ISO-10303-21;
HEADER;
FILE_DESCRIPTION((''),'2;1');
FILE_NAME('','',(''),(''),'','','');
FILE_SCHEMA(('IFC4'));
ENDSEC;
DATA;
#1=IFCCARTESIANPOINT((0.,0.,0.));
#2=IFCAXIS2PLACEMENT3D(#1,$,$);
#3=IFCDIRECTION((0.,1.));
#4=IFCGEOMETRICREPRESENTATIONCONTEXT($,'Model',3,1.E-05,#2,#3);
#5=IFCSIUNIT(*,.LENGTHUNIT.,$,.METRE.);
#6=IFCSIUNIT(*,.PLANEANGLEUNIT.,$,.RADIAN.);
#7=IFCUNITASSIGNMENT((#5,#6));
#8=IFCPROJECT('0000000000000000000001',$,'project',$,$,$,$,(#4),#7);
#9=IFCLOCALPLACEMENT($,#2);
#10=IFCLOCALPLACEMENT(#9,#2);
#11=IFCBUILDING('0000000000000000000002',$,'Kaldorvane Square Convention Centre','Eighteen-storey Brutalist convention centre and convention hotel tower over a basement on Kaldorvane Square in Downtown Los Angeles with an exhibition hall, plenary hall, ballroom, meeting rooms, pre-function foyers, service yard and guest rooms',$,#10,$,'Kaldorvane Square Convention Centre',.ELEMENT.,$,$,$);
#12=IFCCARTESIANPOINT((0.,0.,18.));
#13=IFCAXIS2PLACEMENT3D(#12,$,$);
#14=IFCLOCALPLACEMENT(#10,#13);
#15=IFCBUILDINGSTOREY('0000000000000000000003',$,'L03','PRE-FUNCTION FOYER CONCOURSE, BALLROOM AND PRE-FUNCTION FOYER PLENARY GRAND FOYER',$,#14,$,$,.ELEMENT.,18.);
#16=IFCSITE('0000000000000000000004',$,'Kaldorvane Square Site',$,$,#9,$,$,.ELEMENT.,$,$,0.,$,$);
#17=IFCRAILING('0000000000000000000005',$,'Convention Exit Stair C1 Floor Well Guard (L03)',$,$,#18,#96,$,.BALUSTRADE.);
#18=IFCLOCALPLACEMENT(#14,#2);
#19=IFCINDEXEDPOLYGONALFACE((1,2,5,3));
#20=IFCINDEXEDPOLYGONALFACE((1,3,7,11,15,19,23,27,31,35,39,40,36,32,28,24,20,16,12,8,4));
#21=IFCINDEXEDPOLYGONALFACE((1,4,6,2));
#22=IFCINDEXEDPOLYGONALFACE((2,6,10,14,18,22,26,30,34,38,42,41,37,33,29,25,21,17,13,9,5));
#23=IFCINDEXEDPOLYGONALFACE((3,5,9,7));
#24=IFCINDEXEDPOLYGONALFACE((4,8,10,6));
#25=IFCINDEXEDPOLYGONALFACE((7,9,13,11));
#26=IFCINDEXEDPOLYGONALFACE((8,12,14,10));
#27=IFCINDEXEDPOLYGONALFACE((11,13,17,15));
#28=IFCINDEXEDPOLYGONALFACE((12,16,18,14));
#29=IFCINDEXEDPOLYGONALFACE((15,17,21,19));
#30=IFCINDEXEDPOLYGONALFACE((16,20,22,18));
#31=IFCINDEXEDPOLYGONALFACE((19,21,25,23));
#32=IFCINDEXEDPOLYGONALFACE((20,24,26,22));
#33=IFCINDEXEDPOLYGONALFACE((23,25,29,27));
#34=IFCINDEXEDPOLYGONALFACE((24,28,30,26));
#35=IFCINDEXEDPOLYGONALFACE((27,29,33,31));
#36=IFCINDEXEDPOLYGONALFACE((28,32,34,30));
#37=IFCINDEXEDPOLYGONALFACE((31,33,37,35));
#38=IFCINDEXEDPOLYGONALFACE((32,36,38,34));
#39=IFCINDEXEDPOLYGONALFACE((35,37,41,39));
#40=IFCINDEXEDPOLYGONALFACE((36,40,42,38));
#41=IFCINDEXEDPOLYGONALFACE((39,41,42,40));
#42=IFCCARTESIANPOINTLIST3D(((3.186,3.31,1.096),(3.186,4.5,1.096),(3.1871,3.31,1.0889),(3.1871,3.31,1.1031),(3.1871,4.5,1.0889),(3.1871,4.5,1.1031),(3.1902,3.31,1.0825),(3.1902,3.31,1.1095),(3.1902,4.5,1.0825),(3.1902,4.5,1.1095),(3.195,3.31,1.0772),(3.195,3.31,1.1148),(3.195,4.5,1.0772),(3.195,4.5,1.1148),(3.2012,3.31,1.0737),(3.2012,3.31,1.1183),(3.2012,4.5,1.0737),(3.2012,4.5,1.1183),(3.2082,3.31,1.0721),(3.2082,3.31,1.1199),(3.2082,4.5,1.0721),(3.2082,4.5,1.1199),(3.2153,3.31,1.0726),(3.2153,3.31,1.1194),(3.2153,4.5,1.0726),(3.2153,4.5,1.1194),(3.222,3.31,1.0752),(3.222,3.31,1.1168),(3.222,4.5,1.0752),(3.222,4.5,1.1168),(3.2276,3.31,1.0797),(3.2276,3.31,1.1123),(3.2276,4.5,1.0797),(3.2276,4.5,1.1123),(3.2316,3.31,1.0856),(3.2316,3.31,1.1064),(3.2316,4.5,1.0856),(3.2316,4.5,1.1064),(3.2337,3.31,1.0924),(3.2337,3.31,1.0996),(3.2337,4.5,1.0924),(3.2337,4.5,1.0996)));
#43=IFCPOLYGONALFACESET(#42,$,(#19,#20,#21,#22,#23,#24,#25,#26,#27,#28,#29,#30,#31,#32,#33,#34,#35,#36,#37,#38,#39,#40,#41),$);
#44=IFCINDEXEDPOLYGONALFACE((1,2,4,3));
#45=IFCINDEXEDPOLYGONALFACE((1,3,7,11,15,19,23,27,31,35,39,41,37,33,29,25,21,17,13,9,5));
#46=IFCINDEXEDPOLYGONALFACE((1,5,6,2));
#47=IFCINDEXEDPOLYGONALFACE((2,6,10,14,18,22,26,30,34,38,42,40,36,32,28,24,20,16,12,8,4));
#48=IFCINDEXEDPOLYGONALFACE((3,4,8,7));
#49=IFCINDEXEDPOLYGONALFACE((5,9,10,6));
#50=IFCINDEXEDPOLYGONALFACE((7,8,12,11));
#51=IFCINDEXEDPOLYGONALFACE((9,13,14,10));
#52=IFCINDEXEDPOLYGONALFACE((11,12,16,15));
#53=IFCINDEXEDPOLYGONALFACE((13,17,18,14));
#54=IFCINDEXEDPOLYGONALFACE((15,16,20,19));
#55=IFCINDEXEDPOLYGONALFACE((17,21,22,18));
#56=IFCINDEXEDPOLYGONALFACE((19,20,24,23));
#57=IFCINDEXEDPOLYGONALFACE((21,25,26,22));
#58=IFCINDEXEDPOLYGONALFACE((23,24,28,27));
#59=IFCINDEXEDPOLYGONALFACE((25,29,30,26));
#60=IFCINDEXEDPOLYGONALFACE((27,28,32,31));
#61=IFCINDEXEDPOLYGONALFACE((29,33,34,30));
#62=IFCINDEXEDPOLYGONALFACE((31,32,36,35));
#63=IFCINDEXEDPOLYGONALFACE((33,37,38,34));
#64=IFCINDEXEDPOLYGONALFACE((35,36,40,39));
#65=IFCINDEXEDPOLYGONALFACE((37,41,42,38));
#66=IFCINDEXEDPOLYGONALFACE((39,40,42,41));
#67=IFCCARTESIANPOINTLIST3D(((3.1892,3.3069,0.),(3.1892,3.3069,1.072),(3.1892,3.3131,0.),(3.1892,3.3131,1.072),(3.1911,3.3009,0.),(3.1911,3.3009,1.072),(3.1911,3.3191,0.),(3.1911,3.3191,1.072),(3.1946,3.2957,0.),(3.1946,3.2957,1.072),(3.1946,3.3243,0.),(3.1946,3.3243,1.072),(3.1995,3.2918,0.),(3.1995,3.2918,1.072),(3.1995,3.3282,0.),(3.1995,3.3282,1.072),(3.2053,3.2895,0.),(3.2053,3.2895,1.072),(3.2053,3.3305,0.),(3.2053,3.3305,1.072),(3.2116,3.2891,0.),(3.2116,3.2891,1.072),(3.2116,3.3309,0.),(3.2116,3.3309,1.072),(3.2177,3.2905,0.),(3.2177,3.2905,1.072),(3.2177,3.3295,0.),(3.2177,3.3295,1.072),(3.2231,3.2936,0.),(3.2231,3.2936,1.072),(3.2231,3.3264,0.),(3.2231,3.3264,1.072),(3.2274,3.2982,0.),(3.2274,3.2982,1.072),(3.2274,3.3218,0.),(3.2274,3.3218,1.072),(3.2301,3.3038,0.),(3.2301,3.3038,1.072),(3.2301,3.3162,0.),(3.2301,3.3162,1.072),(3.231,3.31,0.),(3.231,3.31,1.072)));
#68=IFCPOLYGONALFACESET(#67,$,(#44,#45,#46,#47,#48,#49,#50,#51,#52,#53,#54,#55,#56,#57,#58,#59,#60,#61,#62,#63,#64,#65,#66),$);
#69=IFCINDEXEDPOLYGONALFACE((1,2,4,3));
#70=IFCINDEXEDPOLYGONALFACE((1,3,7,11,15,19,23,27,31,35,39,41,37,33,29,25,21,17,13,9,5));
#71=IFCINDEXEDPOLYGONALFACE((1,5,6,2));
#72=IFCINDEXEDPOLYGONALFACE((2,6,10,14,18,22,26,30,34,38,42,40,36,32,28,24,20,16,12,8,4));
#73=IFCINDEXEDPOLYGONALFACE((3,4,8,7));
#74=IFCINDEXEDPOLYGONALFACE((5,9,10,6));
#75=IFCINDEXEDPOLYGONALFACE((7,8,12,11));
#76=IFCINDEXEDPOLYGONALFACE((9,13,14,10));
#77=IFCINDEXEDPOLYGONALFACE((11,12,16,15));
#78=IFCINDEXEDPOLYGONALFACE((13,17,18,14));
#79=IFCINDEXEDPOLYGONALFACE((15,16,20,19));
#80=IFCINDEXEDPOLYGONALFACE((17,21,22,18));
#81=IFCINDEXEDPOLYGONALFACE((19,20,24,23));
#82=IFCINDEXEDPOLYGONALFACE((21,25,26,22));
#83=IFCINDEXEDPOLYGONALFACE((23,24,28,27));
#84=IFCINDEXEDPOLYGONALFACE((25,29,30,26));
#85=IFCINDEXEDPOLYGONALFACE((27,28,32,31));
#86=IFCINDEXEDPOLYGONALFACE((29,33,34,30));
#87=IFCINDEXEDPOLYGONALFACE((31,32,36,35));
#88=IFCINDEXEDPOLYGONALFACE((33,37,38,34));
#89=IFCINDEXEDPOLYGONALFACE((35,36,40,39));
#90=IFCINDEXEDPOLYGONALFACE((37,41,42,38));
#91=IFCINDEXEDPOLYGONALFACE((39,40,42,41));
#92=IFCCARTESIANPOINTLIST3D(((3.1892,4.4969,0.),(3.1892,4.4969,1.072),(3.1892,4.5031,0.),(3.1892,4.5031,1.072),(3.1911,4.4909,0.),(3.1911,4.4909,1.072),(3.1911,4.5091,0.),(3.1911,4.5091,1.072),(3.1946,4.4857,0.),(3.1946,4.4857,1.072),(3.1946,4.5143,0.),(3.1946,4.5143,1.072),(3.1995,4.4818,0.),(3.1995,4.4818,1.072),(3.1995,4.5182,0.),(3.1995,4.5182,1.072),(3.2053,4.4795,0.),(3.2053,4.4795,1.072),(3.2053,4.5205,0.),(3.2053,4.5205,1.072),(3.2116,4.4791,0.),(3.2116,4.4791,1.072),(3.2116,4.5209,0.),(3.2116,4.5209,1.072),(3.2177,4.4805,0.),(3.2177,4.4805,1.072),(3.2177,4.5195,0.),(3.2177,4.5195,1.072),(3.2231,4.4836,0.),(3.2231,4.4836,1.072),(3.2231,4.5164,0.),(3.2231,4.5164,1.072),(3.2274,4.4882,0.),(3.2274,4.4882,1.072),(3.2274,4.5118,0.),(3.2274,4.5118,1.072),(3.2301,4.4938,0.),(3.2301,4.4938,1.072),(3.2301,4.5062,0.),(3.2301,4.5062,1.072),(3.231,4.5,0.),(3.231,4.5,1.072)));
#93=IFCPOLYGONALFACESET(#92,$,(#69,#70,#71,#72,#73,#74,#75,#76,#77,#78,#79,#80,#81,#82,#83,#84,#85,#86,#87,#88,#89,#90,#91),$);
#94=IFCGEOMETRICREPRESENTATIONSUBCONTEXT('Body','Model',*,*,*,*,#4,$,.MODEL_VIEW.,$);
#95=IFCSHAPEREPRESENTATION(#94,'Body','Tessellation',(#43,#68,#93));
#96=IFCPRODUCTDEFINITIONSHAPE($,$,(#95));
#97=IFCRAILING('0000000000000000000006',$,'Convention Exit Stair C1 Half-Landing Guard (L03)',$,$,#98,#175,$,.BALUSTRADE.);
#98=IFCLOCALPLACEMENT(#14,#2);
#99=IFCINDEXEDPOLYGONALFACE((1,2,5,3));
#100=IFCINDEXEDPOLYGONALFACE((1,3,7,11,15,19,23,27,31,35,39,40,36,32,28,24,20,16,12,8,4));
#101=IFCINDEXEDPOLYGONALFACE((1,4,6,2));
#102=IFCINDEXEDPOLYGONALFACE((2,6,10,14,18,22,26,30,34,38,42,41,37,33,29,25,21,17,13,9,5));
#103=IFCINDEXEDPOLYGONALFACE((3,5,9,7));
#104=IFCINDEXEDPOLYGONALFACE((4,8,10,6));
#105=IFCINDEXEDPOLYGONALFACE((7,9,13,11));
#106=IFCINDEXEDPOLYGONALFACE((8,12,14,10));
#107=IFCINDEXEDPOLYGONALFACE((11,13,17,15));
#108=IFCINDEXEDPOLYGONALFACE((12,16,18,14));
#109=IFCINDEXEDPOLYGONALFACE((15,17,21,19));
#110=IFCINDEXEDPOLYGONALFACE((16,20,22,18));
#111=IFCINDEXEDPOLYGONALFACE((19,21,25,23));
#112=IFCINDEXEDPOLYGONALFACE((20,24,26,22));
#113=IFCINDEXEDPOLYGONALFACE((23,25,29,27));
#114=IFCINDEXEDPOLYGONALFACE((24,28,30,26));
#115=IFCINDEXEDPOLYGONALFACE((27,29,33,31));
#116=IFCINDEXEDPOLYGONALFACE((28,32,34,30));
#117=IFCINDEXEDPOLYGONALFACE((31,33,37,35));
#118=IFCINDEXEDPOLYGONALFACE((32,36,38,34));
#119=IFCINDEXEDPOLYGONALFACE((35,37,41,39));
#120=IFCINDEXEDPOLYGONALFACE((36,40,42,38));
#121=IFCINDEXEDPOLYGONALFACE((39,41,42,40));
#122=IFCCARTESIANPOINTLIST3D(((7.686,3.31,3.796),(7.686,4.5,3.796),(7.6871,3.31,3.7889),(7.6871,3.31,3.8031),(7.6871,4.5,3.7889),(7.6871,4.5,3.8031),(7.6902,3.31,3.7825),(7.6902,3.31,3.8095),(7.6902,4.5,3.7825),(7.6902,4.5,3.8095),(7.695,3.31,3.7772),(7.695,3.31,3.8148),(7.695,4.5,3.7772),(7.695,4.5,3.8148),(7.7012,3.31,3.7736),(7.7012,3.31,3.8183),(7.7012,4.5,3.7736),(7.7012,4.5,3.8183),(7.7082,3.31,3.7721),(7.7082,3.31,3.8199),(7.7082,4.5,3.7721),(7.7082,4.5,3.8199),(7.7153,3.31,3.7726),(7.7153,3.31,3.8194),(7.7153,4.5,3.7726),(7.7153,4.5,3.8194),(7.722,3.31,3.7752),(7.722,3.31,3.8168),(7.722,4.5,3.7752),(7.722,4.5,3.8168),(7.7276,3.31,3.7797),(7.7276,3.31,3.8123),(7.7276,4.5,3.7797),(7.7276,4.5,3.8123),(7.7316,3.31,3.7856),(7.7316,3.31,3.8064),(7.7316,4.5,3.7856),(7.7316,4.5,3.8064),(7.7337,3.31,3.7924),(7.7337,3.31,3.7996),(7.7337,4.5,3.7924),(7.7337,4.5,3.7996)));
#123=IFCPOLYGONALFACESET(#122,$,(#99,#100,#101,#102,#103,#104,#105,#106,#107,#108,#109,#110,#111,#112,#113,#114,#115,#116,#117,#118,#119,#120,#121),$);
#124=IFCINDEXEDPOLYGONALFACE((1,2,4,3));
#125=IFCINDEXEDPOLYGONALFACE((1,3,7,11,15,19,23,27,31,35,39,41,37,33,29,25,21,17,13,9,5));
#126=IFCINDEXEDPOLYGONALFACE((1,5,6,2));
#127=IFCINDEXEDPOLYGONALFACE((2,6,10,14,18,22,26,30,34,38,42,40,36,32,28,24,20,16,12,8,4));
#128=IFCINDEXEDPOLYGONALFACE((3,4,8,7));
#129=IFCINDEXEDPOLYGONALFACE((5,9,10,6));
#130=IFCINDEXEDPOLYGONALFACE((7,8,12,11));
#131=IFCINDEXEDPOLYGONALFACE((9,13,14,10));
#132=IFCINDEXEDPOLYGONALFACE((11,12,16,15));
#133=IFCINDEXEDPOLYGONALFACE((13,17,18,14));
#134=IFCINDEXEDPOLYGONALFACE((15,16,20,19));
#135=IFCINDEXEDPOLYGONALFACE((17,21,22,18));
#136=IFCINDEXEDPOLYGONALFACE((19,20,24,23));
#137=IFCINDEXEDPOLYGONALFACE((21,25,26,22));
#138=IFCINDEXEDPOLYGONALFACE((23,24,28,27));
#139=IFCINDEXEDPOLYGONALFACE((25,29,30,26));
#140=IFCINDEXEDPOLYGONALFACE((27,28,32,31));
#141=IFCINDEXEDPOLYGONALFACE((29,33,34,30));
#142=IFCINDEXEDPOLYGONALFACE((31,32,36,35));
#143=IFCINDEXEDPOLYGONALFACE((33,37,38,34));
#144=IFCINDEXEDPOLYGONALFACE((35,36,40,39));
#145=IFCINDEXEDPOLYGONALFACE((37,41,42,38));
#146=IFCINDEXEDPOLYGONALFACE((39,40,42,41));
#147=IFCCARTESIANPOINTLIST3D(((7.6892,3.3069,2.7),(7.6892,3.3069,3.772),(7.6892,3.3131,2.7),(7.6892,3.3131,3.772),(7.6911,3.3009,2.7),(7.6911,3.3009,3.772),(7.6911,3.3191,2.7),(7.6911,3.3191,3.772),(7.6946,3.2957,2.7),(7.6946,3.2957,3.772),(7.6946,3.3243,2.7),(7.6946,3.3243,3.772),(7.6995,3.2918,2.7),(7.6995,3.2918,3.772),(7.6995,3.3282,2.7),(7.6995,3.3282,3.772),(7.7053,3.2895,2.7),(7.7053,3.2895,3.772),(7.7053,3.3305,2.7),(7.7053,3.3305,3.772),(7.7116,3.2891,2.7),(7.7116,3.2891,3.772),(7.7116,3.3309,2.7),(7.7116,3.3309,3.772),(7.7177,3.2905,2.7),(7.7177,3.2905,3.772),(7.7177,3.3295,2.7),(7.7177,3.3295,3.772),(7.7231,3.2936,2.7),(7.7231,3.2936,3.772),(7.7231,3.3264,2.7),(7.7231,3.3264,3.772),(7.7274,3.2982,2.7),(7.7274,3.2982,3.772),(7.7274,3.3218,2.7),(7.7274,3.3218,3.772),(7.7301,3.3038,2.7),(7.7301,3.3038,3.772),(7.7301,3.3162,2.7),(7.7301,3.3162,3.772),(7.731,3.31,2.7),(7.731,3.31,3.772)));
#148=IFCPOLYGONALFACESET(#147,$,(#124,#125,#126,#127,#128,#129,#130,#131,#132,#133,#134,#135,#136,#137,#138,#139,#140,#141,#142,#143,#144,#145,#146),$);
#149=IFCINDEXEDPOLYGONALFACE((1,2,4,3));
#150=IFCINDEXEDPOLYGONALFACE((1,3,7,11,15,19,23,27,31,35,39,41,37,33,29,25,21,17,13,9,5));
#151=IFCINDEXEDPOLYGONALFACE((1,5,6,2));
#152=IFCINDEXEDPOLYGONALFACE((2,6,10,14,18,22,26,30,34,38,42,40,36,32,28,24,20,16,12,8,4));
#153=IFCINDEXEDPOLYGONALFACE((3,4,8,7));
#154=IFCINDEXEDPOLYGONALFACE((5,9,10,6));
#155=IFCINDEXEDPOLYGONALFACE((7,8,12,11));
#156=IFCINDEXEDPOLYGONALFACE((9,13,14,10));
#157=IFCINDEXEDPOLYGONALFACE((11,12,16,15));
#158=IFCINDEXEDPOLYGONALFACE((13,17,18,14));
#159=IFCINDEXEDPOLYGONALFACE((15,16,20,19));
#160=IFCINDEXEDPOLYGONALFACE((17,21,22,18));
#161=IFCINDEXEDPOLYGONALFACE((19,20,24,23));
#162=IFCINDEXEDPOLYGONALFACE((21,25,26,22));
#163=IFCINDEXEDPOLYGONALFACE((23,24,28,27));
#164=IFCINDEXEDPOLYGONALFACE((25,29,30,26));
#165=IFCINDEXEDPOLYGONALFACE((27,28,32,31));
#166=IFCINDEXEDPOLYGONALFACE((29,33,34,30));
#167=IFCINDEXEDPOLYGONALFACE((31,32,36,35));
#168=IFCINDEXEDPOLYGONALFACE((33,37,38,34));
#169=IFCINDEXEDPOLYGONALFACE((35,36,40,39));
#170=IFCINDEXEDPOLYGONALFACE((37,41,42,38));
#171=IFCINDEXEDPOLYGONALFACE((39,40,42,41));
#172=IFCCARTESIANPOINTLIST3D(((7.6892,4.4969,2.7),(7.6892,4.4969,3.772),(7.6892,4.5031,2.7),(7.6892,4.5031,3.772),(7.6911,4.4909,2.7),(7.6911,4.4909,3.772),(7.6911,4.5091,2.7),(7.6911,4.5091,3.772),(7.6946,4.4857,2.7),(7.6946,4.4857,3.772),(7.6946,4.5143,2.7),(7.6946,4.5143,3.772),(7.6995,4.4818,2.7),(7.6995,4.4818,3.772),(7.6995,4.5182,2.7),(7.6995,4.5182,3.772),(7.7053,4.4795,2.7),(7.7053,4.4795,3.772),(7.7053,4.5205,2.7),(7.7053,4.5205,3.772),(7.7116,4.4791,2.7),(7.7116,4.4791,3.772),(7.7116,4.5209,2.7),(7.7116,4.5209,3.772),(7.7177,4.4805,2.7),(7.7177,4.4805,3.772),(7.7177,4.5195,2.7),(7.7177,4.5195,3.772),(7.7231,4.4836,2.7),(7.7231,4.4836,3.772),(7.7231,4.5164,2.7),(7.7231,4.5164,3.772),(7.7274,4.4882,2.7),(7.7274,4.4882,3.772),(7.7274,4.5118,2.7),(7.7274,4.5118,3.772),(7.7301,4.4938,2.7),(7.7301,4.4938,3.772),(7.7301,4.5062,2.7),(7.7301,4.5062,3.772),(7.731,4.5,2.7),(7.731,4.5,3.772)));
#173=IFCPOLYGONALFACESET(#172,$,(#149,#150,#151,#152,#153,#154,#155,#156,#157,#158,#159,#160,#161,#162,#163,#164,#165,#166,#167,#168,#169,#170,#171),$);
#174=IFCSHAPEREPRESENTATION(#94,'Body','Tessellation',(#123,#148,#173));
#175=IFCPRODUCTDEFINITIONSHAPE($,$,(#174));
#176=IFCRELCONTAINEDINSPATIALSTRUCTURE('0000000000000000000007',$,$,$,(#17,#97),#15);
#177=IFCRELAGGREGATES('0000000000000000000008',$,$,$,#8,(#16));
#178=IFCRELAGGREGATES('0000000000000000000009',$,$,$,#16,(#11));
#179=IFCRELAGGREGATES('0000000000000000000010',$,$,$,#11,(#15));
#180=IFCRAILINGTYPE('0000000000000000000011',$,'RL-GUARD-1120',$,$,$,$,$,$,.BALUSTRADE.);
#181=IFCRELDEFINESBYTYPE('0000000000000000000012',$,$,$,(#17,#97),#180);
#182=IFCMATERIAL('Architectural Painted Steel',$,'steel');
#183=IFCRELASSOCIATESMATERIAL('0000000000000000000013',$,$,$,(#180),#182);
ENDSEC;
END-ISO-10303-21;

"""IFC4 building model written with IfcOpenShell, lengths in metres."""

from ifc_helpers import new_model, si_unit, direction, frame, origin, origin_2d, place, context, subcontext, project, spatial, circle, extrude, material, type_object, element, save


model = new_model("IFC4")

# Units and contexts
model_context = context("Model", 3, precision=1e-05, world=origin(), true_north=direction((0.0, 1.0)))
body_context = subcontext(model_context, "Body", "Model", "MODEL_VIEW")
ifc_project = project(units=[si_unit("LENGTHUNIT", "METRE"), si_unit("PLANEANGLEUNIT", "RADIAN")], contexts=[model_context])

# Site, building, storey
site_placement = place(None, origin())
site = spatial("IfcSite", under=ifc_project, at=site_placement, Name="Kaldorvane Square Site", CompositionType="ELEMENT", RefElevation=0.0)
building_placement = place(site_placement, origin())
building = spatial("IfcBuilding", under=site, at=building_placement, Name="Kaldorvane Square Convention Centre", Description="Eighteen-storey Brutalist convention centre and convention hotel tower over a basement on Kaldorvane Square in Downtown Los Angeles with an exhibition hall, plenary hall, ballroom, meeting rooms, pre-function foyers, service yard and guest rooms", LongName="Kaldorvane Square Convention Centre", CompositionType="ELEMENT")
storey_placement = place(building_placement, frame((0.0, 0.0, 18.0)))
storey = spatial("IfcBuildingStorey", under=building, at=storey_placement, Name="L03", Description="PRE-FUNCTION FOYER CONCOURSE, BALLROOM AND PRE-FUNCTION FOYER PLENARY GRAND FOYER", CompositionType="ELEMENT", Elevation=18.0)

# Railings
ifc_material_1 = material(Name="Architectural Painted Steel", Category="steel")
railing_type_1 = type_object("IfcRailingType", Name="RL-GUARD-1120", PredefinedType="BALUSTRADE", material=ifc_material_1)
for number, where, name in (
    (1, (3.21, 3.31, 0.0), "Convention Exit Stair C1 Floor Well Guard (L03)"),
    (2, (7.71, 3.31, 2.7), "Convention Exit Stair C1 Half-Landing Guard (L03)"),
):
    element("IfcRailing", number, at=place(storey_placement, frame(where)), inside=storey, type_object=railing_type_1, Name=name, PredefinedType="BALUSTRADE", context=body_context, shape_type="SweptSolid", body=[
        extrude(circle(Radius=0.024, at=origin_2d()), frame((0.0, 0.0, 1.096), z_axis=(0.0, 1.0, 0.0), x_axis=(-1.0, 0.0, 0.0)), (0.0, 0.0, 1.0), 1.19),
        extrude(circle(Radius=0.021, at=origin_2d()), origin(), (0.0, 0.0, 1.0), 1.072),
        extrude(circle(Radius=0.021, at=origin_2d()), frame((0.0, 1.19, 0.0)), (0.0, 0.0, 1.0), 1.072),
    ])

save(model, "model.ifc")
